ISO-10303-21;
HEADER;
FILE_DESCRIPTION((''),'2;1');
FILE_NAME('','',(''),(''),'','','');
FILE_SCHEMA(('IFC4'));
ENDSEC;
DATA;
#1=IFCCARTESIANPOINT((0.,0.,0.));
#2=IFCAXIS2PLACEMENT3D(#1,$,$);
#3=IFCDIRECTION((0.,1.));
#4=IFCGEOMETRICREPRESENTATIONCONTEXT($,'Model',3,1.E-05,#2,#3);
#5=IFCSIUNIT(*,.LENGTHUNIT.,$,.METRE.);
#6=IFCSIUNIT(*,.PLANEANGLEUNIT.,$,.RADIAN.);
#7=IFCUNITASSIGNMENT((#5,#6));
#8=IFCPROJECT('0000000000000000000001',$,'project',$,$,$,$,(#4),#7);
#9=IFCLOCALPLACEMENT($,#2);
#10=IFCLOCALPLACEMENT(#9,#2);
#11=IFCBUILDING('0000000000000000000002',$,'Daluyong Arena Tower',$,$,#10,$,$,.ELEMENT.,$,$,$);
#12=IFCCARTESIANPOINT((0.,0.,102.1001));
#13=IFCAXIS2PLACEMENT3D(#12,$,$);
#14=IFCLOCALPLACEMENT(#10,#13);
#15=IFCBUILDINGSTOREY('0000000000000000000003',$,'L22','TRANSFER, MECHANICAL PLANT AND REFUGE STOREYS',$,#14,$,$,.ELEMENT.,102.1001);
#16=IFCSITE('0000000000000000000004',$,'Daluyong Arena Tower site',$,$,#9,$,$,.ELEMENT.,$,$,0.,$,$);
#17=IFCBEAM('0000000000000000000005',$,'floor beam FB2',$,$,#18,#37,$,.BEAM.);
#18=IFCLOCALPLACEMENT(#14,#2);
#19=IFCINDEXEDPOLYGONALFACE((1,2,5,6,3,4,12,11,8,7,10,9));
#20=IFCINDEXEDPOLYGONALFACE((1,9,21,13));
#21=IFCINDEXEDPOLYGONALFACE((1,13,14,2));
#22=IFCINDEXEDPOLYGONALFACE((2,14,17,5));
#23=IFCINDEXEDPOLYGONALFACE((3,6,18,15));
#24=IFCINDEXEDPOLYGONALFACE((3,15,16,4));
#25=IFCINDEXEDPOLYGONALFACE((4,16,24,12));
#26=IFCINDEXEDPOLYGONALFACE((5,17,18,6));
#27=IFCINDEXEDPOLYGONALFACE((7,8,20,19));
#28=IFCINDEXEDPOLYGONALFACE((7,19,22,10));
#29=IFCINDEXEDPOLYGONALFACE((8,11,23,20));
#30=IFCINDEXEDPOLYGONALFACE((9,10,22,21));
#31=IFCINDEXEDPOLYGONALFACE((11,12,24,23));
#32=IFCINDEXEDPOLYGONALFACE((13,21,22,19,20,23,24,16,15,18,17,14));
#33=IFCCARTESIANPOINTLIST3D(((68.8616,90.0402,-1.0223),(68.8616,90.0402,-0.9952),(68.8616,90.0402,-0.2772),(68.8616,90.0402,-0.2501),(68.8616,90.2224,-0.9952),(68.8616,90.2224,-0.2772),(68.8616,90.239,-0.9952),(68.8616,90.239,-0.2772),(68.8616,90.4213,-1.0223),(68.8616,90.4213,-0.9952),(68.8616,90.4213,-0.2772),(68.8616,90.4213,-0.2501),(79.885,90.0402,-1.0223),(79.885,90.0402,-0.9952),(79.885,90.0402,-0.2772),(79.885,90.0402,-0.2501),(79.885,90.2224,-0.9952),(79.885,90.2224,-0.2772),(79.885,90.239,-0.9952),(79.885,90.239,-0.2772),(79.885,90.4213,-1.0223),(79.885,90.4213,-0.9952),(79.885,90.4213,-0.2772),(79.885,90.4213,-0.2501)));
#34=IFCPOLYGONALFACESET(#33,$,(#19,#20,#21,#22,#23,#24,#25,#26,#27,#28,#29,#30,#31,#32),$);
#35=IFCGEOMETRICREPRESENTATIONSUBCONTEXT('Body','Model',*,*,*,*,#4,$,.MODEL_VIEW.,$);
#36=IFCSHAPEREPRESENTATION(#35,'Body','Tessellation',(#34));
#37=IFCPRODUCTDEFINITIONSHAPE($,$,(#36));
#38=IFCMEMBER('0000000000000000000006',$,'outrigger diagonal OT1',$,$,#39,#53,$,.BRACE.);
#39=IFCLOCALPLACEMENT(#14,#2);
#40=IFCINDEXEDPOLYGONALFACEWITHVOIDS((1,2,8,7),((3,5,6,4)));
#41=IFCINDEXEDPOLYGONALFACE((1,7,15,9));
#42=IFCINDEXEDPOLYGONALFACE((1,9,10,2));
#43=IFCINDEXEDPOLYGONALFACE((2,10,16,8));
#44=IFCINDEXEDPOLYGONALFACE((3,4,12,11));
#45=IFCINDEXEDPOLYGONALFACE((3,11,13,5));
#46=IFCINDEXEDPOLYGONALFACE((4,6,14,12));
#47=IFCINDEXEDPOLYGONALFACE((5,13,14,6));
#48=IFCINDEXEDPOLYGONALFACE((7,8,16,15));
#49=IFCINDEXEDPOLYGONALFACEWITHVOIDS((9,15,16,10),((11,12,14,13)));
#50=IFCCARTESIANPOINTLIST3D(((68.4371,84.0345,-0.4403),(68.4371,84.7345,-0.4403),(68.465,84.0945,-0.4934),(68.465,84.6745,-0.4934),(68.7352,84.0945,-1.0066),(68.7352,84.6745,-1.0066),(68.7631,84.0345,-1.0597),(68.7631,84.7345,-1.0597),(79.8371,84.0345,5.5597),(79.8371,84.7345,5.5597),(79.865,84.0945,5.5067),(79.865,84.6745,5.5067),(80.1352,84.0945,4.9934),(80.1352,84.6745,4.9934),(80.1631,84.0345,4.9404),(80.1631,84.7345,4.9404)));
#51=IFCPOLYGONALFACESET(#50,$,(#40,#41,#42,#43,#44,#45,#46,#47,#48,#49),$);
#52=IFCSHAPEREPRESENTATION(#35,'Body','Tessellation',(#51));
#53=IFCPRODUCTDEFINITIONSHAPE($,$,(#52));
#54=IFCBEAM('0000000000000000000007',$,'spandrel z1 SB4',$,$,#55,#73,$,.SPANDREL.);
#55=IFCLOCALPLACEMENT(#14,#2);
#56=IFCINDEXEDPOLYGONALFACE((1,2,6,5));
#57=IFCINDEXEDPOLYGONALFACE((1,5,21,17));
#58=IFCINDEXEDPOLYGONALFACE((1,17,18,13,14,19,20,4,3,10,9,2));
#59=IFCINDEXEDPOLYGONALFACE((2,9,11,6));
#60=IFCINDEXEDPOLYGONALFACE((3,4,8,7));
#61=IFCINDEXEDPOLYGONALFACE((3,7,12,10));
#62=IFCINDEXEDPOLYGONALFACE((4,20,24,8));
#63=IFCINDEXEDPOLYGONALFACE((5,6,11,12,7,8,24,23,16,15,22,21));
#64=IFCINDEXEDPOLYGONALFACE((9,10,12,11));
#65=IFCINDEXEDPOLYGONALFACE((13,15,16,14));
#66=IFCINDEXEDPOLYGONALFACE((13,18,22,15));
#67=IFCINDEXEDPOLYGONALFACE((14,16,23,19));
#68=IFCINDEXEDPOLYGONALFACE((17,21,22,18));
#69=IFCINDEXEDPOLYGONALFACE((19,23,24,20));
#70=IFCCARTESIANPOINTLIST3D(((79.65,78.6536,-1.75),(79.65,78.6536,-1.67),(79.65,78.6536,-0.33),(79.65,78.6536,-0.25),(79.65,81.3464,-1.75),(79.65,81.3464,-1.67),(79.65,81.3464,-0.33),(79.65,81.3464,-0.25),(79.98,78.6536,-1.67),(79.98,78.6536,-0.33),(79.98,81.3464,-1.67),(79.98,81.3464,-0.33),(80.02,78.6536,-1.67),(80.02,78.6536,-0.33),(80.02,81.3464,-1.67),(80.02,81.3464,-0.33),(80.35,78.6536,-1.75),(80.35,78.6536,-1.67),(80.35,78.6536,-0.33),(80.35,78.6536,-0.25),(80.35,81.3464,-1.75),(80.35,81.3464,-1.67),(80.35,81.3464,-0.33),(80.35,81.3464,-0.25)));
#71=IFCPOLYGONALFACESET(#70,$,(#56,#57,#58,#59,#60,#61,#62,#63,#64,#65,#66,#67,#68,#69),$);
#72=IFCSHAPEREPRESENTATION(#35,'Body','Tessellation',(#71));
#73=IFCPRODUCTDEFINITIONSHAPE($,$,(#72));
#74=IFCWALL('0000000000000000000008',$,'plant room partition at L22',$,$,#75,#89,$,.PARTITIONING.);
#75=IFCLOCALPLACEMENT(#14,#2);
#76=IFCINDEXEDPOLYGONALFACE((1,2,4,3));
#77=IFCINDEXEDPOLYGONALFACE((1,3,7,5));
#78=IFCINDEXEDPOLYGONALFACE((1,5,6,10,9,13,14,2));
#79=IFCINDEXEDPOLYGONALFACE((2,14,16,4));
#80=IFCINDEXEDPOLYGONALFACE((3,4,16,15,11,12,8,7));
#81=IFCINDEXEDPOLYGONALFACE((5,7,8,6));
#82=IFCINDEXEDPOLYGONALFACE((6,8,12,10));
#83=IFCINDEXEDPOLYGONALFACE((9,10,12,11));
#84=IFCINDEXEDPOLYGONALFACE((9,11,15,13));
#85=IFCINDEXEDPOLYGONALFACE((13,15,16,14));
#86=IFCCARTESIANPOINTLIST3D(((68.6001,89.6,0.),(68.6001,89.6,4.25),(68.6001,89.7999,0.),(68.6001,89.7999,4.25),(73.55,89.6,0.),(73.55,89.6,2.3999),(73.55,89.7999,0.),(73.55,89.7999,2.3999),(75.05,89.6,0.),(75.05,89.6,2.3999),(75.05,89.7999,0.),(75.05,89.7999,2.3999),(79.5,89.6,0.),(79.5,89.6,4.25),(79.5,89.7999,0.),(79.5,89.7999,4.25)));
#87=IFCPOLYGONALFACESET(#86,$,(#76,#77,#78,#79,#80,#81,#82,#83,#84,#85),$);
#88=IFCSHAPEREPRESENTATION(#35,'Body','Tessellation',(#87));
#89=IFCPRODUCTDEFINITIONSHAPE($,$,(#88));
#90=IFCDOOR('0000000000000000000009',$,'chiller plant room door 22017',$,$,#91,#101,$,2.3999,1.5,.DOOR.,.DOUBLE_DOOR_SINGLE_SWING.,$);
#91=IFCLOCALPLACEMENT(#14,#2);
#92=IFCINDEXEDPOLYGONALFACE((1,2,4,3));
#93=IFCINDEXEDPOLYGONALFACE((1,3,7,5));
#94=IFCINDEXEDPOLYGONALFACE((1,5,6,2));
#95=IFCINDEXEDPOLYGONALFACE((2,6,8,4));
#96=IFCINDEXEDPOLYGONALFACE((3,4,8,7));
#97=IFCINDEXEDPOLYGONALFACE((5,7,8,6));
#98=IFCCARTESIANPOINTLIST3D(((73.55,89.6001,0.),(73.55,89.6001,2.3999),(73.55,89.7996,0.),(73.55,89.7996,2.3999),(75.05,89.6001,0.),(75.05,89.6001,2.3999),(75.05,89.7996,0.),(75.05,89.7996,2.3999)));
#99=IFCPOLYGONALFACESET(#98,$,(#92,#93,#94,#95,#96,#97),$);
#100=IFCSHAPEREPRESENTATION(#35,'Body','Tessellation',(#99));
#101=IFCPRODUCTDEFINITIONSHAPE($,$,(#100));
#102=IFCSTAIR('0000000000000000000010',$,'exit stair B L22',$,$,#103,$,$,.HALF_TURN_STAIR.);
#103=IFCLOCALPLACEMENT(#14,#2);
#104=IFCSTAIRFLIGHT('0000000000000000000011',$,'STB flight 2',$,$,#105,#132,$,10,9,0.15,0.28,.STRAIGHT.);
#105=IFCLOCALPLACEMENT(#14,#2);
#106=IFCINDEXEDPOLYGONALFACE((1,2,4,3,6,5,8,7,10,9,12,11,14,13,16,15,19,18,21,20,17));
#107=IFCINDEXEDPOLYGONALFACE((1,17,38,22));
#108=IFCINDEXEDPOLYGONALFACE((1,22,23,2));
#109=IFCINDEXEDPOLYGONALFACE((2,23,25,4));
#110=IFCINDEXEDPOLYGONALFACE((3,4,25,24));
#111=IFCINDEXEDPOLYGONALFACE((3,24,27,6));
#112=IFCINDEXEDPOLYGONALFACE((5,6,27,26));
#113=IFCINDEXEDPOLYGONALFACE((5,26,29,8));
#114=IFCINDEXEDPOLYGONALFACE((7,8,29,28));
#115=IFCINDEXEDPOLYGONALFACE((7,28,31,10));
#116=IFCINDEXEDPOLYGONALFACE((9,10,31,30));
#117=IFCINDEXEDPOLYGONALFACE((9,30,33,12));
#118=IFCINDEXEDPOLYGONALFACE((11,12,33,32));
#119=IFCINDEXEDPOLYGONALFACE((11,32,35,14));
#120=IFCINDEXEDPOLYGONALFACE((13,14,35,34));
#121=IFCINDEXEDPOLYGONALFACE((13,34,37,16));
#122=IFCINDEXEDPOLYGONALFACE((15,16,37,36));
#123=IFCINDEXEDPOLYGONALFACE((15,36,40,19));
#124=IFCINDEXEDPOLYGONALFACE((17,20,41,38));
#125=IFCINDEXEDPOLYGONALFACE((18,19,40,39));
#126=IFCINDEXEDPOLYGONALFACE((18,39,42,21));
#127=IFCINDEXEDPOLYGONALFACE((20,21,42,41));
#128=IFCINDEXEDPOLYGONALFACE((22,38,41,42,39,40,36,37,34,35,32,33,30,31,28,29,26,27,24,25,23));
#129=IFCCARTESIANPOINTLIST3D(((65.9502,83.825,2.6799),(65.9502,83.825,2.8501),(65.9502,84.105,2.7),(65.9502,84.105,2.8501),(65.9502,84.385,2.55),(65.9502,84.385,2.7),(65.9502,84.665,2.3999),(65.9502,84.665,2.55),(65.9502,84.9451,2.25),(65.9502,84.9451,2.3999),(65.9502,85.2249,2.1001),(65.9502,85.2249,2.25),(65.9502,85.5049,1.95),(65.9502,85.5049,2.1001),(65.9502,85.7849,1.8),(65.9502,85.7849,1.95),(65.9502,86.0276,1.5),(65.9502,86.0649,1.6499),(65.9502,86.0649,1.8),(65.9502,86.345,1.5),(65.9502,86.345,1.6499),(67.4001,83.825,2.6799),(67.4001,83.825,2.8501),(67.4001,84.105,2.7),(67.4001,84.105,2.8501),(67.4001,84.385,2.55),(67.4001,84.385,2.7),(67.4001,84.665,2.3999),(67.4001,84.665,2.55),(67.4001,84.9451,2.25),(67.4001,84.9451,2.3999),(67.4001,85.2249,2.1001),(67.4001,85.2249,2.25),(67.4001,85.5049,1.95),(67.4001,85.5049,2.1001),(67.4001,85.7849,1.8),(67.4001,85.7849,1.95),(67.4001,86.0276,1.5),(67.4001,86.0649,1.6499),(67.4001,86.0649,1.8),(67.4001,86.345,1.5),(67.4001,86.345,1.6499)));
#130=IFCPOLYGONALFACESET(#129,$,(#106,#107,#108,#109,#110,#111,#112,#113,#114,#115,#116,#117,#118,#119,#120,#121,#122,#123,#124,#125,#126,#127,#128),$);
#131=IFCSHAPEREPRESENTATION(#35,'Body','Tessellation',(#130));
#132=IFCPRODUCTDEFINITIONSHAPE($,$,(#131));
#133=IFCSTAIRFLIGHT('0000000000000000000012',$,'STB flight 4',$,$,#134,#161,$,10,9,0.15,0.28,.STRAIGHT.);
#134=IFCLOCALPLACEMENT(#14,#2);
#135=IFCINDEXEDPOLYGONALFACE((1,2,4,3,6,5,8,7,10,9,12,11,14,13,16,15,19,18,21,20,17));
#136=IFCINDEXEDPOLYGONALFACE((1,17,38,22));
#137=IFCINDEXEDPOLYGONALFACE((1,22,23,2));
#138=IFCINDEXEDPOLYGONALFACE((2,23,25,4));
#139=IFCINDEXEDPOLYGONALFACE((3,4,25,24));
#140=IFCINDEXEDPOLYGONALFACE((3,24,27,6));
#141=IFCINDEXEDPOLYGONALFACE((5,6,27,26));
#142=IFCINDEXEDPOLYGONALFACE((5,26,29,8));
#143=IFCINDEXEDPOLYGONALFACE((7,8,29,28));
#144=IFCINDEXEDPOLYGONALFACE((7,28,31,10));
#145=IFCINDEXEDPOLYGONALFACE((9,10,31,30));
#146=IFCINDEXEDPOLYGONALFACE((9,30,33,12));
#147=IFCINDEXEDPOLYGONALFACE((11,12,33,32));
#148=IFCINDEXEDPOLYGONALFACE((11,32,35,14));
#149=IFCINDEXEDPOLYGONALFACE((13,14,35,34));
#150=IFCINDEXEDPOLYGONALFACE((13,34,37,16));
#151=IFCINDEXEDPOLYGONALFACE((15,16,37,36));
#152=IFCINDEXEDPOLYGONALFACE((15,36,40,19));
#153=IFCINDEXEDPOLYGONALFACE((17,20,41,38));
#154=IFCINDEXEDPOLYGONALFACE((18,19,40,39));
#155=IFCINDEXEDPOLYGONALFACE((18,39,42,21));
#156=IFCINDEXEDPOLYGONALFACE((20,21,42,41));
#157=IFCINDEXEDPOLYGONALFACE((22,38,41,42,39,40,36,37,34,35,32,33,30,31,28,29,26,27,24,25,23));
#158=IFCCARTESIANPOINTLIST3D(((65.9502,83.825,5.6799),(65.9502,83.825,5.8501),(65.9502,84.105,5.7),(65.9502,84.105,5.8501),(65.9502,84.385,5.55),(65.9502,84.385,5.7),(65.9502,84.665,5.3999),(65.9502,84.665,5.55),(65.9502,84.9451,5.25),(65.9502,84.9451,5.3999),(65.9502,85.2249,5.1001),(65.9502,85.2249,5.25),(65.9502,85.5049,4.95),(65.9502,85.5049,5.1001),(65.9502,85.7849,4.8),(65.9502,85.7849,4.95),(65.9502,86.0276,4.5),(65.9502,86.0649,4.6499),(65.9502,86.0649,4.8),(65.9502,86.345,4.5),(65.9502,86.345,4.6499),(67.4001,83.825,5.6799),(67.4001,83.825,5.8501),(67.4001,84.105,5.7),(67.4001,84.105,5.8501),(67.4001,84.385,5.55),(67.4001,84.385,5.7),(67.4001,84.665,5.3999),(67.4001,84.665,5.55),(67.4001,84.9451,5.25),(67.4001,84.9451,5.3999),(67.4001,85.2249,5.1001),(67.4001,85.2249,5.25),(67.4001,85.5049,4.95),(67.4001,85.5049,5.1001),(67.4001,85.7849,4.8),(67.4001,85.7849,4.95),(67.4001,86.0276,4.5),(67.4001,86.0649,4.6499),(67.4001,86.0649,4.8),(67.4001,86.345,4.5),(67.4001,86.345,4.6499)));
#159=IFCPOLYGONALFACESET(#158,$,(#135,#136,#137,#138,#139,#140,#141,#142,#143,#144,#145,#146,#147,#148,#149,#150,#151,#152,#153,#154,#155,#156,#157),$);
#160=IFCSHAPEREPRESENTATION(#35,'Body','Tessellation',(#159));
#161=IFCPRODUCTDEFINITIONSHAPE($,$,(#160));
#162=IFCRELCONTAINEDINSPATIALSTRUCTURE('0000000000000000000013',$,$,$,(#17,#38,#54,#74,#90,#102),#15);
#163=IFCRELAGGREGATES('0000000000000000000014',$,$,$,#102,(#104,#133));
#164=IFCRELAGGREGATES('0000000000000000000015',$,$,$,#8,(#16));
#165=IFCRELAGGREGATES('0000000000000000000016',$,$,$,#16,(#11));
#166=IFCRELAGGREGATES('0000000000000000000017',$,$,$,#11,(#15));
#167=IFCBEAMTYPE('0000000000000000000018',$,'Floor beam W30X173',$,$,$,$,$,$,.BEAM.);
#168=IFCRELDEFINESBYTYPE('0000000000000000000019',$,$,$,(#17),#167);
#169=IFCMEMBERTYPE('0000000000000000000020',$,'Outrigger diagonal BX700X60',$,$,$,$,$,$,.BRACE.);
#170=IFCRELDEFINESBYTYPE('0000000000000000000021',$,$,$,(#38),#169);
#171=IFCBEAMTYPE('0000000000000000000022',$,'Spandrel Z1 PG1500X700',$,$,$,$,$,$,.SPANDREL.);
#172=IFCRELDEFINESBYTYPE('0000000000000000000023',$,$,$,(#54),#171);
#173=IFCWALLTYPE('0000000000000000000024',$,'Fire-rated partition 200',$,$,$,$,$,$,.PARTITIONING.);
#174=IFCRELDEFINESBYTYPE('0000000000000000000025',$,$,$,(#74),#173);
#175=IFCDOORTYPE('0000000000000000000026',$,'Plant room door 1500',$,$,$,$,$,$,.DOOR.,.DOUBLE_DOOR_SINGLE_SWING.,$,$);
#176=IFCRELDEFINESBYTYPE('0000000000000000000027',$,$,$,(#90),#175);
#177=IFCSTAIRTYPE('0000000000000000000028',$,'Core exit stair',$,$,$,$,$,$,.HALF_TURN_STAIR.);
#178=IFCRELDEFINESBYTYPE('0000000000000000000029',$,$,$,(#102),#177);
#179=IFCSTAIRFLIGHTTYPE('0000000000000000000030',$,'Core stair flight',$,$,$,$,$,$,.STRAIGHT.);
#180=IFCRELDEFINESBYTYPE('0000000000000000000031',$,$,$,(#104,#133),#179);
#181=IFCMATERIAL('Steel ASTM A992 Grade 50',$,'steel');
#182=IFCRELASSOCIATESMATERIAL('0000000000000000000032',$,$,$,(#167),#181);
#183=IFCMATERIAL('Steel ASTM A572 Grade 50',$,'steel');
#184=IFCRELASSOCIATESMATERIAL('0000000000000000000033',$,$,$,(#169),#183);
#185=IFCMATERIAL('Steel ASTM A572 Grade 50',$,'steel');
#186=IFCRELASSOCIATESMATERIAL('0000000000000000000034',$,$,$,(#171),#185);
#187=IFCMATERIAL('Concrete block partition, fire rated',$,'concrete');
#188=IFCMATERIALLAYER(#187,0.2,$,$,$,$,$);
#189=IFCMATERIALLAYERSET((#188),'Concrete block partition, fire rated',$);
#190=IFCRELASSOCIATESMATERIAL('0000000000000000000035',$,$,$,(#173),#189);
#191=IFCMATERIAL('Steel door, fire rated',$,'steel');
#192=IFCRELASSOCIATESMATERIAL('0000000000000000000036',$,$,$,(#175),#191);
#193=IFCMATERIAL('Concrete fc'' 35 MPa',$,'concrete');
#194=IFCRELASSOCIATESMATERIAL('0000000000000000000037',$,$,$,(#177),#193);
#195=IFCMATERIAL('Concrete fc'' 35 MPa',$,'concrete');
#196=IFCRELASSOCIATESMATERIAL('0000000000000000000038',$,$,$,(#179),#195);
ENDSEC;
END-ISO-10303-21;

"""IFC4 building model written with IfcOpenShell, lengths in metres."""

from ifc_helpers import new_model, si_unit, direction, frame, frame_2d, origin, origin_2d, place, context, subcontext, project, spatial, polyline, rectangle, hollow_rectangle, i_section, outline, extrude, material, layer, layer_set, material_profile, profile_set, type_object, element, fill, aggregate, save


model = new_model("IFC4")

# Units and contexts
model_context = context("Model", 3, precision=1e-05, world=origin(), true_north=direction((0.0, 1.0)))
body_context = subcontext(model_context, "Body", "Model", "MODEL_VIEW")
ifc_project = project(units=[si_unit("LENGTHUNIT", "METRE"), si_unit("PLANEANGLEUNIT", "RADIAN")], contexts=[model_context])

# Site, building, storey
site_placement = place(None, origin())
site = spatial("IfcSite", under=ifc_project, at=site_placement, Name="Daluyong Arena Tower site", CompositionType="ELEMENT", RefElevation=0.0)
building_placement = place(site_placement, origin())
building = spatial("IfcBuilding", under=site, at=building_placement, Name="Daluyong Arena Tower", CompositionType="ELEMENT")
storey_placement = place(building_placement, frame((0.0, 0.0, 102.1001)))
storey = spatial("IfcBuildingStorey", under=building, at=storey_placement, Name="L22", Description="TRANSFER, MECHANICAL PLANT AND REFUGE STOREYS", CompositionType="ELEMENT", Elevation=102.1001)

# Beam
ifc_material_1 = material(Name="Steel ASTM A992 Grade 50", Category="steel")
ifc_material_profile_1 = material_profile(ifc_material_1, i_section(OverallWidth=0.3811, OverallDepth=0.7722, WebThickness=0.0166, FlangeThickness=0.0271, at=origin_2d()))
ifc_profile_set_1 = profile_set([ifc_material_profile_1], Name="Steel ASTM A992 Grade 50")
beam_type_1 = type_object("IfcBeamType", Name="Floor beam W30X173", PredefinedType="BEAM", material=ifc_profile_set_1)
beam_1_placement = place(storey_placement, frame((79.885, 90.2307, -0.6362), z_axis=(-1.0, 0.0, 0.0), x_axis=(0.0, -1.0, 0.0)))
element("IfcBeam", 1, at=beam_1_placement, inside=storey, type_object=beam_type_1, Name="floor beam FB2", PredefinedType="BEAM", context=body_context, shape_type="SweptSolid", body=[
    extrude(i_section(OverallWidth=0.3811, OverallDepth=0.7722, WebThickness=0.0166, FlangeThickness=0.0271, at=origin_2d()), origin(), (0.0, 0.0, 1.0), 11.0234),
])

# Member
ifc_material_2 = material(Name="Steel ASTM A572 Grade 50", Category="steel")
ifc_material_profile_2 = material_profile(ifc_material_2, hollow_rectangle(XDim=0.7, YDim=0.7, WallThickness=0.06, at=origin_2d()))
ifc_profile_set_2 = profile_set([ifc_material_profile_2], Name="Steel ASTM A572 Grade 50")
member_type = type_object("IfcMemberType", Name="Outrigger diagonal BX700X60", PredefinedType="BRACE", material=ifc_profile_set_2)
member_placement = place(storey_placement, frame((68.6001, 84.3845, -0.75), z_axis=(0.884917, 0.0, 0.46575), x_axis=(0.0, 1.0, 0.0)))
element("IfcMember", 2, at=member_placement, inside=storey, type_object=member_type, Name="outrigger diagonal OT1", PredefinedType="BRACE", context=body_context, shape_type="SweptSolid", body=[
    extrude(hollow_rectangle(XDim=0.7, YDim=0.7, WallThickness=0.06, at=origin_2d()), origin(), (0.0, 0.0, 1.0), 12.8826),
])

# Beam
ifc_material_3 = material(Name="Steel ASTM A572 Grade 50", Category="steel")
ifc_material_profile_3 = material_profile(ifc_material_3, i_section(OverallWidth=0.7, OverallDepth=1.5, WebThickness=0.04, FlangeThickness=0.08, at=origin_2d()))
ifc_profile_set_3 = profile_set([ifc_material_profile_3], Name="Steel ASTM A572 Grade 50")
beam_type_2 = type_object("IfcBeamType", Name="Spandrel Z1 PG1500X700", PredefinedType="SPANDREL", material=ifc_profile_set_3)
beam_2_placement = place(storey_placement, frame((80.0, 78.6536, -1.0), z_axis=(0.0, 1.0, 0.0), x_axis=(-1.0, 0.0, 0.0)))
element("IfcBeam", 3, at=beam_2_placement, inside=storey, type_object=beam_type_2, Name="spandrel z1 SB4", PredefinedType="SPANDREL", context=body_context, shape_type="SweptSolid", body=[
    extrude(i_section(OverallWidth=0.7, OverallDepth=1.5, WebThickness=0.04, FlangeThickness=0.08, at=origin_2d()), origin(), (0.0, 0.0, 1.0), 2.6929),
])

# Wall, opening, door
ifc_material_4 = material(Name="Concrete block partition, fire rated", Category="concrete")
ifc_layer = layer(ifc_material_4, 0.2)
ifc_layer_set = layer_set([ifc_layer], Name="Concrete block partition, fire rated")
wall_type = type_object("IfcWallType", Name="Fire-rated partition 200", PredefinedType="PARTITIONING", material=ifc_layer_set)
wall_placement = place(storey_placement, frame((68.6001, 89.7, 0.0), z_axis=(0.0, 0.0, 1.0), x_axis=(1.0, 0.0, 0.0)))
wall = element("IfcWall", 4, at=wall_placement, inside=storey, type_object=wall_type, Name="plant room partition at L22", PredefinedType="PARTITIONING", context=body_context, shape_type="SweptSolid", body=[
    extrude(rectangle(XDim=10.8999, YDim=0.2, at=frame_2d((5.45, 0.0))), origin(), (0.0, 0.0, 1.0), 4.25),
])
opening_placement = place(wall_placement, frame((4.95, 0.0, 0.0)))
opening = element("IfcOpeningElement", 5, at=opening_placement, cuts=wall, PredefinedType="OPENING", context=body_context, shape_type="SweptSolid", body=[
    extrude(rectangle(XDim=1.5, YDim=2.3999, at=frame_2d((0.75, 1.2))), frame((0.0, 0.1099, 0.0), z_axis=(0.0, -1.0, 0.0), x_axis=(1.0, 0.0, 0.0)), (0.0, 0.0, 1.0), 0.22),
])
ifc_material_5 = material(Name="Steel door, fire rated", Category="steel")
door_type = type_object("IfcDoorType", Name="Plant room door 1500", OperationType="DOUBLE_DOOR_SINGLE_SWING", PredefinedType="DOOR", material=ifc_material_5)
door_placement = place(opening_placement, origin())
door = element("IfcDoor", 6, at=door_placement, inside=storey, type_object=door_type, Name="chiller plant room door 22017", OperationType="DOUBLE_DOOR_SINGLE_SWING", OverallHeight=2.3999, OverallWidth=1.5, PredefinedType="DOOR", context=body_context, shape_type="SweptSolid", body=[
    extrude(rectangle(XDim=1.5, YDim=2.3999, at=frame_2d((0.75, 1.2))), frame((0.0, 0.0996, 0.0), z_axis=(0.0, -1.0, 0.0), x_axis=(1.0, 0.0, 0.0)), (0.0, 0.0, 1.0), 0.1995),
])
fill(opening, door)

# Stair, stair flights
ifc_material_6 = material(Name="Concrete fc' 35 MPa", Category="concrete")
stair_type = type_object("IfcStairType", Name="Core exit stair", PredefinedType="HALF_TURN_STAIR", material=ifc_material_6)
stair_placement = place(storey_placement, origin())
stair = element("IfcStair", 7, at=stair_placement, inside=storey, type_object=stair_type, Name="exit stair B L22", PredefinedType="HALF_TURN_STAIR")
ifc_material_7 = material(Name="Concrete fc' 35 MPa", Category="concrete")
stair_flight_type = type_object("IfcStairFlightType", Name="Core stair flight", PredefinedType="STRAIGHT", material=ifc_material_7)
stair_flight_1_placement = place(storey_placement, frame((66.675, 86.345, 1.5), z_axis=(0.0, 0.0, 1.0), x_axis=(0.0, -1.0, 0.0)))
stair_flight_1 = element("IfcStairFlight", 8, at=stair_flight_1_placement, type_object=stair_flight_type, Name="STB flight 2", NumberOfRisers=10, NumberOfTreads=9, PredefinedType="STRAIGHT", RiserHeight=0.15, TreadLength=0.28, context=body_context, shape_type="SweptSolid", body=[
    extrude(outline(polyline([(0.0, 0.0), (0.0, 0.1499), (0.28, 0.1499), (0.28, 0.3), (0.5601, 0.3), (0.5601, 0.45), (0.8401, 0.45), (0.8401, 0.6001), (1.1201, 0.6001), (1.1201, 0.75), (1.3999, 0.75), (1.3999, 0.8999), (1.6799, 0.8999), (1.6799, 1.05), (1.96, 1.05), (1.96, 1.2), (2.24, 1.2), (2.24, 1.3501), (2.52, 1.3501), (2.52, 1.5), (2.52, 1.1799), (0.3174, 0.0), (0.0, 0.0)])), frame((0.0, 0.7251, 0.0), z_axis=(0.0, -1.0, 0.0), x_axis=(1.0, 0.0, 0.0)), (0.0, 0.0, 1.0), 1.45),
])
stair_flight_2_placement = place(storey_placement, frame((66.675, 86.345, 4.5), z_axis=(0.0, 0.0, 1.0), x_axis=(0.0, -1.0, 0.0)))
stair_flight_2 = element("IfcStairFlight", 9, at=stair_flight_2_placement, type_object=stair_flight_type, Name="STB flight 4", NumberOfRisers=10, NumberOfTreads=9, PredefinedType="STRAIGHT", RiserHeight=0.15, TreadLength=0.28, context=body_context, shape_type="SweptSolid", body=[
    extrude(outline(polyline([(0.0, 0.0), (0.0, 0.1499), (0.28, 0.1499), (0.28, 0.3), (0.5601, 0.3), (0.5601, 0.45), (0.8401, 0.45), (0.8401, 0.6001), (1.1201, 0.6001), (1.1201, 0.75), (1.3999, 0.75), (1.3999, 0.8999), (1.6799, 0.8999), (1.6799, 1.05), (1.96, 1.05), (1.96, 1.2), (2.24, 1.2), (2.24, 1.3501), (2.52, 1.3501), (2.52, 1.5), (2.52, 1.1799), (0.3174, 0.0), (0.0, 0.0)])), frame((0.0, 0.7251, 0.0), z_axis=(0.0, -1.0, 0.0), x_axis=(1.0, 0.0, 0.0)), (0.0, 0.0, 1.0), 1.45),
])
aggregate(stair, [stair_flight_1, stair_flight_2])

save(model, "model.ifc")
